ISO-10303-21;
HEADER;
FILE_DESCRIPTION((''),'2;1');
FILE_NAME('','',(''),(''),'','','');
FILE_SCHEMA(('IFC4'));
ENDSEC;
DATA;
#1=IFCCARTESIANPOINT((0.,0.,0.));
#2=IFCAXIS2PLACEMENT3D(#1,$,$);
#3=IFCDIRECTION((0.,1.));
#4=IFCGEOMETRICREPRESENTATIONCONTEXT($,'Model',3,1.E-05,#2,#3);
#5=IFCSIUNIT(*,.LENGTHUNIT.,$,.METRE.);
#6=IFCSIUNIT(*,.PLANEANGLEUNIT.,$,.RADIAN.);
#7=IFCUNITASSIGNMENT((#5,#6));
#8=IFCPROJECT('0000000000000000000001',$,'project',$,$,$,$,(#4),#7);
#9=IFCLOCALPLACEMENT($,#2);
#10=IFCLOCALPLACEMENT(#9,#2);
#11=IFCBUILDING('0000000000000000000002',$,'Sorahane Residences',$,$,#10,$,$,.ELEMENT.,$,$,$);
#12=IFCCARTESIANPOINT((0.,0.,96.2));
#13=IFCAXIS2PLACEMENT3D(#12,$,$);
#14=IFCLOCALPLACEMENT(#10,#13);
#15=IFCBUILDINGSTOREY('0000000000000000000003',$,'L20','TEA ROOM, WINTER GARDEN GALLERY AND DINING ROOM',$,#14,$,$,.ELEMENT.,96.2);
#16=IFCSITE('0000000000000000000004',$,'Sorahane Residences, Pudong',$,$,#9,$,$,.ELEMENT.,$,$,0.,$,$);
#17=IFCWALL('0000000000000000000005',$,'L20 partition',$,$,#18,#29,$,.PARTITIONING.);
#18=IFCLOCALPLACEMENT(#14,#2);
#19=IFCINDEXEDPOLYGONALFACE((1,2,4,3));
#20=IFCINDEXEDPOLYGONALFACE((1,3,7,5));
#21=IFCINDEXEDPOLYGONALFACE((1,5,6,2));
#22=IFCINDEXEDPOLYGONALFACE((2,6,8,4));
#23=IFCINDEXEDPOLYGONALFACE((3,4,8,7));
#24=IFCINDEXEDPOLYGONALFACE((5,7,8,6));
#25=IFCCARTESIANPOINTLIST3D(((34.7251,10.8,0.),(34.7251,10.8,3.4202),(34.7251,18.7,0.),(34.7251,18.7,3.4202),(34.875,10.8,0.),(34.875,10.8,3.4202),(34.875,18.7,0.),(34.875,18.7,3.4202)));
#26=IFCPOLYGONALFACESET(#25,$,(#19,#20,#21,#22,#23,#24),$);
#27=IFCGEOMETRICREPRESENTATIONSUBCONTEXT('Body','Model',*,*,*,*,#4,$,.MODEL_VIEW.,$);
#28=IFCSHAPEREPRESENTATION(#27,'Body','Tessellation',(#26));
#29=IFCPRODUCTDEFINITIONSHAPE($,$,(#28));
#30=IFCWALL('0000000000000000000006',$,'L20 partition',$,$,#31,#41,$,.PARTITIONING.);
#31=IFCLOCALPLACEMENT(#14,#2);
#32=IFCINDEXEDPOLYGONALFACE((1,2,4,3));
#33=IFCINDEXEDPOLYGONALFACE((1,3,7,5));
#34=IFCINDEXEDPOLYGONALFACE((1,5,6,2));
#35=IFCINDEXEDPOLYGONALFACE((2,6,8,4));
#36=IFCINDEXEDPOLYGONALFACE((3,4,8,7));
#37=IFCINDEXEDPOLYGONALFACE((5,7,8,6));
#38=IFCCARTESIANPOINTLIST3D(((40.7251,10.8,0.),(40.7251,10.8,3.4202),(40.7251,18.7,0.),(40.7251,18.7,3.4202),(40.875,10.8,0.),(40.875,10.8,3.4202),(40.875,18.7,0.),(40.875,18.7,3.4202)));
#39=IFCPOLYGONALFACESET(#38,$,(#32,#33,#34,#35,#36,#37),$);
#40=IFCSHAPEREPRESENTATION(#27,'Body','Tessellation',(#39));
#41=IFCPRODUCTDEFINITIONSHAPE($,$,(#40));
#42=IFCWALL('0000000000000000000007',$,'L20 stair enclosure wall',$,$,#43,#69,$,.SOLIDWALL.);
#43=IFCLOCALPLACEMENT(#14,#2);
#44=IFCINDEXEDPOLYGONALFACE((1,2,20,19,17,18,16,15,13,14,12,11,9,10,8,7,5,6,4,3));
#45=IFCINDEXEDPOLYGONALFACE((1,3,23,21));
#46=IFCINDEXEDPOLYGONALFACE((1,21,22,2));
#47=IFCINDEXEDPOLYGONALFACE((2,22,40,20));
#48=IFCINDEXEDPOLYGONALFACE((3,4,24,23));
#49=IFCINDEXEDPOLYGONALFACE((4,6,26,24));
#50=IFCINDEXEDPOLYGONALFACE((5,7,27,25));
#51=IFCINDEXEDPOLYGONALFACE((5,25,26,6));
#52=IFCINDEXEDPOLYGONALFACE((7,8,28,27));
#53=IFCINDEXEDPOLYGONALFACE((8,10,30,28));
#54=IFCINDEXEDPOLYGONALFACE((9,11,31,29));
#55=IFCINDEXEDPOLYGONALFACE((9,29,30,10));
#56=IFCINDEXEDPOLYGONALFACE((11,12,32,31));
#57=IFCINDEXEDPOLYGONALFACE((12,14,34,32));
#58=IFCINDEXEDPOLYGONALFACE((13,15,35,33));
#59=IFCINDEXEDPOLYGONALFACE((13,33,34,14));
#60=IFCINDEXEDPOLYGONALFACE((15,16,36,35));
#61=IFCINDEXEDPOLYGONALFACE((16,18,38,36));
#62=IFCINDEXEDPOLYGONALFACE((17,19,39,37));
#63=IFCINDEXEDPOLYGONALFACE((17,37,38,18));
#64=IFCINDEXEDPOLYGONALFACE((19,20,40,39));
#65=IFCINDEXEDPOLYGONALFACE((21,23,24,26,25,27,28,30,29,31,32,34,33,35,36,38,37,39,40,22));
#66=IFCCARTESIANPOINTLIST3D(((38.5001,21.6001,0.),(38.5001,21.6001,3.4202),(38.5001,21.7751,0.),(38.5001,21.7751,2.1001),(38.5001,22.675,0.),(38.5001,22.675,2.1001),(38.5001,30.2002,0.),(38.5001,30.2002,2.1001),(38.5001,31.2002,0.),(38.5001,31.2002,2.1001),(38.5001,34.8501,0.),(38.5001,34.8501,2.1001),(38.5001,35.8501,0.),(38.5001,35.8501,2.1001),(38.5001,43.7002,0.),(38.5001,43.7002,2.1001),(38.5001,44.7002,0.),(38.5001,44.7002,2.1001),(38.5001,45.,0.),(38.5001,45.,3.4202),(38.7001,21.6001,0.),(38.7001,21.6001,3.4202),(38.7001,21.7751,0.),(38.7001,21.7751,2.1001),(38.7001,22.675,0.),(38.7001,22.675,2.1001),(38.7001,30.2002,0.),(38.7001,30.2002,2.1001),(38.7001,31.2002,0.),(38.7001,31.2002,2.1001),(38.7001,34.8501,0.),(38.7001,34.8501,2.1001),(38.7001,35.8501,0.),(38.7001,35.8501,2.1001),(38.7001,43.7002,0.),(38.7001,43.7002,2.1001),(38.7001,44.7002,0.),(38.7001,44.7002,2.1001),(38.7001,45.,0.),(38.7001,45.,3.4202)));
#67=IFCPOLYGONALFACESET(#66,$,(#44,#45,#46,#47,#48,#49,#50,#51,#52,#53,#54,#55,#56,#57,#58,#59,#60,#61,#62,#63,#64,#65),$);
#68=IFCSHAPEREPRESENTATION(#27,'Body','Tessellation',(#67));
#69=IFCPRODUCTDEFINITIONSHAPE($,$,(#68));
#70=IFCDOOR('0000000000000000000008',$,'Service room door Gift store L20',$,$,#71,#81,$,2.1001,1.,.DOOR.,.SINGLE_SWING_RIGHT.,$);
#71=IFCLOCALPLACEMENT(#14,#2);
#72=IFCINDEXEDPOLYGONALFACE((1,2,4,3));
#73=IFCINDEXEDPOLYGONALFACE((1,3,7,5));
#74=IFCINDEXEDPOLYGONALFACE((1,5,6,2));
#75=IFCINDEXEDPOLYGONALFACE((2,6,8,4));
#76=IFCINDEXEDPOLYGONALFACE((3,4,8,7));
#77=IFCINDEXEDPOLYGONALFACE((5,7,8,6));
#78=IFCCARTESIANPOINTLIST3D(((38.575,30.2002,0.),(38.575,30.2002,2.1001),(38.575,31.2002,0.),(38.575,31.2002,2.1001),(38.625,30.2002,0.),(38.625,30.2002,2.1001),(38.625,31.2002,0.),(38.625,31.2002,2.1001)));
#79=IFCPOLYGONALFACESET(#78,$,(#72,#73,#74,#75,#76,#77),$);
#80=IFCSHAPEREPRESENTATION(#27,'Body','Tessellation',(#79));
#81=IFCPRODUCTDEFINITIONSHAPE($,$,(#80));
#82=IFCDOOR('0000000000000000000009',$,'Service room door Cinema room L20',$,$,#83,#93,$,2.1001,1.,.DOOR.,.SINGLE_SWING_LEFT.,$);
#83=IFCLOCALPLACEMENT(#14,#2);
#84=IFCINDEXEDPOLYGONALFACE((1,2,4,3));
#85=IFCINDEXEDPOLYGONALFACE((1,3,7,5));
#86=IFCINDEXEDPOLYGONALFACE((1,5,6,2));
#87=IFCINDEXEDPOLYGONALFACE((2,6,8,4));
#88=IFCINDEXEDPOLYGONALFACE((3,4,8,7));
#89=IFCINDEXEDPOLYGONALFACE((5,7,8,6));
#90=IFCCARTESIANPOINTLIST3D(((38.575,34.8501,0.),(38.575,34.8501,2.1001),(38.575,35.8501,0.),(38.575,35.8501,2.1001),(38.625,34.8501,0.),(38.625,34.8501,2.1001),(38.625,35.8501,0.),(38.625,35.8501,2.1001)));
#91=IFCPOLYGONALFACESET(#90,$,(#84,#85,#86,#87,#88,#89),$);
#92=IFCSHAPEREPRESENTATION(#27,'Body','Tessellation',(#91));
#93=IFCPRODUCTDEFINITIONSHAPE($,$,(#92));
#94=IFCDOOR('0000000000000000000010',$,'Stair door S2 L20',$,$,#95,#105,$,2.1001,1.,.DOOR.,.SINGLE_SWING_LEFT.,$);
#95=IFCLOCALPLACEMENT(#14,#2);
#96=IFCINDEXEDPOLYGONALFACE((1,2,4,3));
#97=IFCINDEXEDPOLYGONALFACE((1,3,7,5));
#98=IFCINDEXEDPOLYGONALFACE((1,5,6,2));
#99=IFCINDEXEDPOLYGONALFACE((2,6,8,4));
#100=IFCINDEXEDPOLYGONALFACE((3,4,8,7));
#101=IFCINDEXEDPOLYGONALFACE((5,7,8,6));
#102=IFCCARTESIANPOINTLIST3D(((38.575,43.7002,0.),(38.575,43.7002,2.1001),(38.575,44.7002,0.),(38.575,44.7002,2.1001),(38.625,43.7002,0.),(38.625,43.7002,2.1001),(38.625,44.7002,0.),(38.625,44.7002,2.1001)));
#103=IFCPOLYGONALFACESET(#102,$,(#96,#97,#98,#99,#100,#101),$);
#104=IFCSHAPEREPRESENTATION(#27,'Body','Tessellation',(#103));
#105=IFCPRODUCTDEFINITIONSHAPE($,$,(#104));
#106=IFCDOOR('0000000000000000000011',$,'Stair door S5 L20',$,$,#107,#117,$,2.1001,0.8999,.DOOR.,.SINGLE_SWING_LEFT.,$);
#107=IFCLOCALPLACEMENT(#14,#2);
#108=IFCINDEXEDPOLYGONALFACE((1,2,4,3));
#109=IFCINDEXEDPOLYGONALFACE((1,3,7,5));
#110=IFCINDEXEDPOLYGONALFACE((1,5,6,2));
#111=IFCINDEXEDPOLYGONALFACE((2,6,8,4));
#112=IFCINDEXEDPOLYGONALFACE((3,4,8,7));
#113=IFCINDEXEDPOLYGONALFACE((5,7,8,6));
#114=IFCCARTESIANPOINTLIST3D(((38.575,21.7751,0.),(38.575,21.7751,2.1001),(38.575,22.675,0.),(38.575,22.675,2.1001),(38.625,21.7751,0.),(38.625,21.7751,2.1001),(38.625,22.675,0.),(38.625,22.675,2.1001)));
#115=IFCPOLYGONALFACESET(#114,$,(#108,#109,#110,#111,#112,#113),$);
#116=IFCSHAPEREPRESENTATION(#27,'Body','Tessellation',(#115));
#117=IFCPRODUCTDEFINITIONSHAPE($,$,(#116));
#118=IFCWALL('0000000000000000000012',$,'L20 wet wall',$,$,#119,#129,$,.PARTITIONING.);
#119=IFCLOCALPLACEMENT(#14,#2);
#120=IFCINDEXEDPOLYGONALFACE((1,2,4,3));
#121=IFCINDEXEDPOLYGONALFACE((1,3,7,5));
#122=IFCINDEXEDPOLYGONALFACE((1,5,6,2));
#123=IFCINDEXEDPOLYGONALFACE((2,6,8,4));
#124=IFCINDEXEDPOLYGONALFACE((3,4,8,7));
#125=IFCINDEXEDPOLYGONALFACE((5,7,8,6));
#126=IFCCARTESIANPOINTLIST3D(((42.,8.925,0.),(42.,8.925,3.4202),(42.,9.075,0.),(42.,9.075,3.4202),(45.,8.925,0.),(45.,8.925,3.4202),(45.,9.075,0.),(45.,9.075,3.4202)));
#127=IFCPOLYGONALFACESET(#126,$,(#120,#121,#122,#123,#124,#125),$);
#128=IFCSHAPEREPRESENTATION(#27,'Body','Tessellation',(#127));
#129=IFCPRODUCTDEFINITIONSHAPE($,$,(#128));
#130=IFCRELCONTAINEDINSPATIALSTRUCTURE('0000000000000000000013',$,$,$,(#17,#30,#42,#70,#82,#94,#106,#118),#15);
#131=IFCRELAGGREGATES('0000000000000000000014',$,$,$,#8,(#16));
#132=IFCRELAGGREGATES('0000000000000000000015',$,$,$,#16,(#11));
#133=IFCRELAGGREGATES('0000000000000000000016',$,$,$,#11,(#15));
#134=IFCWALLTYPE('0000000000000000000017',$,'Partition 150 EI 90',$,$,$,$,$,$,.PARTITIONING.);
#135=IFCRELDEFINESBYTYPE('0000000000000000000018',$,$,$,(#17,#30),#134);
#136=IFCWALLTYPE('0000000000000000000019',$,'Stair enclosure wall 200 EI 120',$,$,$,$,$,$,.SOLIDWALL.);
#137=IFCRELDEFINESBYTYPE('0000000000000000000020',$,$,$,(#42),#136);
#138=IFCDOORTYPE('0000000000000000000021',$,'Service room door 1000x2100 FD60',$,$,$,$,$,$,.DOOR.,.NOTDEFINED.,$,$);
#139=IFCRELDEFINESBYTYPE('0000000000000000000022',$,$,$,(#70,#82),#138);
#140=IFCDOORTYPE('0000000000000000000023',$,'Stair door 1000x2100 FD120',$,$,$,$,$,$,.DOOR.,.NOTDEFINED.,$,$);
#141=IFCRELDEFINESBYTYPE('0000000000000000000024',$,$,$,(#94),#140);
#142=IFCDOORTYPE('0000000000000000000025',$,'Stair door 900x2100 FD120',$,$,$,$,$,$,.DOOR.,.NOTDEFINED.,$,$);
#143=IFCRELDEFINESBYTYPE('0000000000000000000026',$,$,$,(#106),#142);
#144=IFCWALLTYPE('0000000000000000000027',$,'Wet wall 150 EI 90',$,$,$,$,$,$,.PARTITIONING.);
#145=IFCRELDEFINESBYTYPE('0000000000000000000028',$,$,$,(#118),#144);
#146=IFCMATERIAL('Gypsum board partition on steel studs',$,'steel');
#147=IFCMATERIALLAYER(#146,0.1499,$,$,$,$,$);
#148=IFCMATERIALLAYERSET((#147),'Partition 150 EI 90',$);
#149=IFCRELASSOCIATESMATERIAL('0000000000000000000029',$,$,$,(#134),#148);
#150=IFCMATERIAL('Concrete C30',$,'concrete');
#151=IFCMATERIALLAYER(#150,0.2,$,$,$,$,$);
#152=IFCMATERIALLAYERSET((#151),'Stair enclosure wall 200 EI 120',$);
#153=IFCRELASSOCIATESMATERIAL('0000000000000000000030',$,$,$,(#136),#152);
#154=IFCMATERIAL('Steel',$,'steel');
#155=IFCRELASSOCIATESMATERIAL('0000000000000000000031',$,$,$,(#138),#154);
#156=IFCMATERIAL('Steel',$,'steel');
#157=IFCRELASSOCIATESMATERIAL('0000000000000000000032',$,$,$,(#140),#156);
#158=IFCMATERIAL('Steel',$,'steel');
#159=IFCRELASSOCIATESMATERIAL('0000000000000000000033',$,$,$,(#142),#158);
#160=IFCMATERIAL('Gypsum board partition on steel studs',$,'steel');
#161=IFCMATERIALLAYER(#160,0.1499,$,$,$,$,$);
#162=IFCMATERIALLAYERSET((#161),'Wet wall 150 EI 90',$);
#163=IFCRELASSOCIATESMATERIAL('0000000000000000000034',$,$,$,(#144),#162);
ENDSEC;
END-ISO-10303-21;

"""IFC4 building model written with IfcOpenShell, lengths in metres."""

from ifc_helpers import new_model, si_unit, direction, frame, frame_2d, origin, place, context, subcontext, project, spatial, rectangle, extrude, material, layer, layer_set, type_object, element, fill, save


model = new_model("IFC4")

# Units and contexts
model_context = context("Model", 3, precision=1e-05, world=origin(), true_north=direction((0.0, 1.0)))
body_context = subcontext(model_context, "Body", "Model", "MODEL_VIEW")
ifc_project = project(units=[si_unit("LENGTHUNIT", "METRE"), si_unit("PLANEANGLEUNIT", "RADIAN")], contexts=[model_context])

# Site, building, storey
site_placement = place(None, origin())
site = spatial("IfcSite", under=ifc_project, at=site_placement, Name="Sorahane Residences, Pudong", CompositionType="ELEMENT", RefElevation=0.0)
building_placement = place(site_placement, origin())
building = spatial("IfcBuilding", under=site, at=building_placement, Name="Sorahane Residences", CompositionType="ELEMENT")
storey_placement = place(building_placement, frame((0.0, 0.0, 96.2)))
storey = spatial("IfcBuildingStorey", under=building, at=storey_placement, Name="L20", Description="TEA ROOM, WINTER GARDEN GALLERY AND DINING ROOM", CompositionType="ELEMENT", Elevation=96.2)

# Walls
ifc_material_1 = material(Name="Gypsum board partition on steel studs", Category="steel")
ifc_layer_1 = layer(ifc_material_1, 0.1499)
ifc_layer_set_1 = layer_set([ifc_layer_1], Name="Partition 150 EI 90")
wall_type_1 = type_object("IfcWallType", Name="Partition 150 EI 90", PredefinedType="PARTITIONING", material=ifc_layer_set_1)
for number, where, z_axis, x_axis, name in (
    (1, (34.8, 10.8, 0.0), (0.0, 0.0, 1.0), (0.0, 1.0, 0.0), "L20 partition"),
    (2, (40.8, 10.8, 0.0), (0.0, 0.0, 1.0), (0.0, 1.0, 0.0), "L20 partition"),
):
    element("IfcWall", number, at=place(storey_placement, frame(where, z_axis=z_axis, x_axis=x_axis)), inside=storey, type_object=wall_type_1, Name=name, PredefinedType="PARTITIONING", context=body_context, shape_type="SweptSolid", body=[
        extrude(rectangle(XDim=7.8999, YDim=0.1499, at=frame_2d((3.95, 0.0))), origin(), (0.0, 0.0, 1.0), 3.4202),
    ])

# Wall, openings, doors
ifc_material_2 = material(Name="Concrete C30", Category="concrete")
ifc_layer_2 = layer(ifc_material_2, 0.2)
ifc_layer_set_2 = layer_set([ifc_layer_2], Name="Stair enclosure wall 200 EI 120")
wall_type_2 = type_object("IfcWallType", Name="Stair enclosure wall 200 EI 120", PredefinedType="SOLIDWALL", material=ifc_layer_set_2)
wall_1_placement = place(storey_placement, frame((38.6001, 21.6001, 0.0), z_axis=(0.0, 0.0, 1.0), x_axis=(0.0, 1.0, 0.0)))
wall_1 = element("IfcWall", 3, at=wall_1_placement, inside=storey, type_object=wall_type_2, Name="L20 stair enclosure wall", PredefinedType="SOLIDWALL", context=body_context, shape_type="SweptSolid", body=[
    extrude(rectangle(XDim=23.3999, YDim=0.2, at=frame_2d((11.7, 0.0))), origin(), (0.0, 0.0, 1.0), 3.4202),
])
opening_1_placement = place(wall_1_placement, frame((8.6001, 0.0, 0.0)))
opening_1 = element("IfcOpeningElement", 4, at=opening_1_placement, cuts=wall_1, PredefinedType="OPENING", context=body_context, shape_type="SweptSolid", body=[
    extrude(rectangle(XDim=1.0, YDim=2.1001, at=frame_2d((0.5, 1.05))), frame((0.0, 0.1099, 0.0), z_axis=(0.0, -1.0, 0.0), x_axis=(1.0, 0.0, 0.0)), (0.0, 0.0, 1.0), 0.22),
])
opening_2_placement = place(wall_1_placement, frame((13.25, 0.0, 0.0)))
opening_2 = element("IfcOpeningElement", 5, at=opening_2_placement, cuts=wall_1, PredefinedType="OPENING", context=body_context, shape_type="SweptSolid", body=[
    extrude(rectangle(XDim=1.0, YDim=2.1001, at=frame_2d((0.5, 1.05))), frame((0.0, 0.1099, 0.0), z_axis=(0.0, -1.0, 0.0), x_axis=(1.0, 0.0, 0.0)), (0.0, 0.0, 1.0), 0.22),
])
opening_3_placement = place(wall_1_placement, frame((22.1001, 0.0, 0.0)))
opening_3 = element("IfcOpeningElement", 6, at=opening_3_placement, cuts=wall_1, PredefinedType="OPENING", context=body_context, shape_type="SweptSolid", body=[
    extrude(rectangle(XDim=1.0, YDim=2.1001, at=frame_2d((0.5, 1.05))), frame((0.0, 0.1099, 0.0), z_axis=(0.0, -1.0, 0.0), x_axis=(1.0, 0.0, 0.0)), (0.0, 0.0, 1.0), 0.22),
])
opening_4_placement = place(wall_1_placement, frame((0.175, 0.0, 0.0)))
opening_4 = element("IfcOpeningElement", 7, at=opening_4_placement, cuts=wall_1, PredefinedType="OPENING", context=body_context, shape_type="SweptSolid", body=[
    extrude(rectangle(XDim=0.8999, YDim=2.1001, at=frame_2d((0.45, 1.05))), frame((0.0, 0.1099, 0.0), z_axis=(0.0, -1.0, 0.0), x_axis=(1.0, 0.0, 0.0)), (0.0, 0.0, 1.0), 0.22),
])
ifc_material_3 = material(Name="Steel", Category="steel")
door_type_1 = type_object("IfcDoorType", Name="Service room door 1000x2100 FD60", OperationType="NOTDEFINED", PredefinedType="DOOR", material=ifc_material_3)
door_1_placement = place(opening_1_placement, frame((1.0, 0.0, 0.0), z_axis=(0.0, 0.0, 1.0), x_axis=(-1.0, 0.0, 0.0)))
door_1 = element("IfcDoor", 8, at=door_1_placement, inside=storey, type_object=door_type_1, Name="Service room door Gift store L20", OperationType="SINGLE_SWING_RIGHT", OverallHeight=2.1001, OverallWidth=1.0, PredefinedType="DOOR", context=body_context, shape_type="SweptSolid", body=[
    extrude(rectangle(XDim=1.0, YDim=2.1001, at=frame_2d((0.5, 1.05))), frame((0.0, 0.0249, 0.0), z_axis=(0.0, -1.0, 0.0), x_axis=(1.0, 0.0, 0.0)), (0.0, 0.0, 1.0), 0.05),
])
fill(opening_1, door_1)
door_2_placement = place(opening_2_placement, frame((1.0, 0.0, 0.0), z_axis=(0.0, 0.0, 1.0), x_axis=(-1.0, 0.0, 0.0)))
door_2 = element("IfcDoor", 9, at=door_2_placement, inside=storey, type_object=door_type_1, Name="Service room door Cinema room L20", OperationType="SINGLE_SWING_LEFT", OverallHeight=2.1001, OverallWidth=1.0, PredefinedType="DOOR", context=body_context, shape_type="SweptSolid", body=[
    extrude(rectangle(XDim=1.0, YDim=2.1001, at=frame_2d((0.5, 1.05))), frame((0.0, 0.0249, 0.0), z_axis=(0.0, -1.0, 0.0), x_axis=(1.0, 0.0, 0.0)), (0.0, 0.0, 1.0), 0.05),
])
fill(opening_2, door_2)
ifc_material_4 = material(Name="Steel", Category="steel")
door_type_2 = type_object("IfcDoorType", Name="Stair door 1000x2100 FD120", OperationType="NOTDEFINED", PredefinedType="DOOR", material=ifc_material_4)
door_3_placement = place(opening_3_placement, frame((1.0, 0.0, 0.0), z_axis=(0.0, 0.0, 1.0), x_axis=(-1.0, 0.0, 0.0)))
door_3 = element("IfcDoor", 10, at=door_3_placement, inside=storey, type_object=door_type_2, Name="Stair door S2 L20", OperationType="SINGLE_SWING_LEFT", OverallHeight=2.1001, OverallWidth=1.0, PredefinedType="DOOR", context=body_context, shape_type="SweptSolid", body=[
    extrude(rectangle(XDim=1.0, YDim=2.1001, at=frame_2d((0.5, 1.05))), frame((0.0, 0.0249, 0.0), z_axis=(0.0, -1.0, 0.0), x_axis=(1.0, 0.0, 0.0)), (0.0, 0.0, 1.0), 0.05),
])
fill(opening_3, door_3)
ifc_material_5 = material(Name="Steel", Category="steel")
door_type_3 = type_object("IfcDoorType", Name="Stair door 900x2100 FD120", OperationType="NOTDEFINED", PredefinedType="DOOR", material=ifc_material_5)
door_4_placement = place(opening_4_placement, frame((0.8999, 0.0, 0.0), z_axis=(0.0, 0.0, 1.0), x_axis=(-1.0, 0.0, 0.0)))
door_4 = element("IfcDoor", 11, at=door_4_placement, inside=storey, type_object=door_type_3, Name="Stair door S5 L20", OperationType="SINGLE_SWING_LEFT", OverallHeight=2.1001, OverallWidth=0.8999, PredefinedType="DOOR", context=body_context, shape_type="SweptSolid", body=[
    extrude(rectangle(XDim=0.8999, YDim=2.1001, at=frame_2d((0.45, 1.05))), frame((0.0, 0.0249, 0.0), z_axis=(0.0, -1.0, 0.0), x_axis=(1.0, 0.0, 0.0)), (0.0, 0.0, 1.0), 0.05),
])
fill(opening_4, door_4)

# Wall
ifc_material_6 = material(Name="Gypsum board partition on steel studs", Category="steel")
ifc_layer_3 = layer(ifc_material_6, 0.1499)
ifc_layer_set_3 = layer_set([ifc_layer_3], Name="Wet wall 150 EI 90")
wall_type_3 = type_object("IfcWallType", Name="Wet wall 150 EI 90", PredefinedType="PARTITIONING", material=ifc_layer_set_3)
wall_2_placement = place(storey_placement, frame((42.0, 9.0, 0.0), z_axis=(0.0, 0.0, 1.0), x_axis=(1.0, 0.0, 0.0)))
element("IfcWall", 12, at=wall_2_placement, inside=storey, type_object=wall_type_3, Name="L20 wet wall", PredefinedType="PARTITIONING", context=body_context, shape_type="SweptSolid", body=[
    extrude(rectangle(XDim=3.0, YDim=0.1499, at=frame_2d((1.5, 0.0))), origin(), (0.0, 0.0, 1.0), 3.4202),
])

save(model, "model.ifc")
